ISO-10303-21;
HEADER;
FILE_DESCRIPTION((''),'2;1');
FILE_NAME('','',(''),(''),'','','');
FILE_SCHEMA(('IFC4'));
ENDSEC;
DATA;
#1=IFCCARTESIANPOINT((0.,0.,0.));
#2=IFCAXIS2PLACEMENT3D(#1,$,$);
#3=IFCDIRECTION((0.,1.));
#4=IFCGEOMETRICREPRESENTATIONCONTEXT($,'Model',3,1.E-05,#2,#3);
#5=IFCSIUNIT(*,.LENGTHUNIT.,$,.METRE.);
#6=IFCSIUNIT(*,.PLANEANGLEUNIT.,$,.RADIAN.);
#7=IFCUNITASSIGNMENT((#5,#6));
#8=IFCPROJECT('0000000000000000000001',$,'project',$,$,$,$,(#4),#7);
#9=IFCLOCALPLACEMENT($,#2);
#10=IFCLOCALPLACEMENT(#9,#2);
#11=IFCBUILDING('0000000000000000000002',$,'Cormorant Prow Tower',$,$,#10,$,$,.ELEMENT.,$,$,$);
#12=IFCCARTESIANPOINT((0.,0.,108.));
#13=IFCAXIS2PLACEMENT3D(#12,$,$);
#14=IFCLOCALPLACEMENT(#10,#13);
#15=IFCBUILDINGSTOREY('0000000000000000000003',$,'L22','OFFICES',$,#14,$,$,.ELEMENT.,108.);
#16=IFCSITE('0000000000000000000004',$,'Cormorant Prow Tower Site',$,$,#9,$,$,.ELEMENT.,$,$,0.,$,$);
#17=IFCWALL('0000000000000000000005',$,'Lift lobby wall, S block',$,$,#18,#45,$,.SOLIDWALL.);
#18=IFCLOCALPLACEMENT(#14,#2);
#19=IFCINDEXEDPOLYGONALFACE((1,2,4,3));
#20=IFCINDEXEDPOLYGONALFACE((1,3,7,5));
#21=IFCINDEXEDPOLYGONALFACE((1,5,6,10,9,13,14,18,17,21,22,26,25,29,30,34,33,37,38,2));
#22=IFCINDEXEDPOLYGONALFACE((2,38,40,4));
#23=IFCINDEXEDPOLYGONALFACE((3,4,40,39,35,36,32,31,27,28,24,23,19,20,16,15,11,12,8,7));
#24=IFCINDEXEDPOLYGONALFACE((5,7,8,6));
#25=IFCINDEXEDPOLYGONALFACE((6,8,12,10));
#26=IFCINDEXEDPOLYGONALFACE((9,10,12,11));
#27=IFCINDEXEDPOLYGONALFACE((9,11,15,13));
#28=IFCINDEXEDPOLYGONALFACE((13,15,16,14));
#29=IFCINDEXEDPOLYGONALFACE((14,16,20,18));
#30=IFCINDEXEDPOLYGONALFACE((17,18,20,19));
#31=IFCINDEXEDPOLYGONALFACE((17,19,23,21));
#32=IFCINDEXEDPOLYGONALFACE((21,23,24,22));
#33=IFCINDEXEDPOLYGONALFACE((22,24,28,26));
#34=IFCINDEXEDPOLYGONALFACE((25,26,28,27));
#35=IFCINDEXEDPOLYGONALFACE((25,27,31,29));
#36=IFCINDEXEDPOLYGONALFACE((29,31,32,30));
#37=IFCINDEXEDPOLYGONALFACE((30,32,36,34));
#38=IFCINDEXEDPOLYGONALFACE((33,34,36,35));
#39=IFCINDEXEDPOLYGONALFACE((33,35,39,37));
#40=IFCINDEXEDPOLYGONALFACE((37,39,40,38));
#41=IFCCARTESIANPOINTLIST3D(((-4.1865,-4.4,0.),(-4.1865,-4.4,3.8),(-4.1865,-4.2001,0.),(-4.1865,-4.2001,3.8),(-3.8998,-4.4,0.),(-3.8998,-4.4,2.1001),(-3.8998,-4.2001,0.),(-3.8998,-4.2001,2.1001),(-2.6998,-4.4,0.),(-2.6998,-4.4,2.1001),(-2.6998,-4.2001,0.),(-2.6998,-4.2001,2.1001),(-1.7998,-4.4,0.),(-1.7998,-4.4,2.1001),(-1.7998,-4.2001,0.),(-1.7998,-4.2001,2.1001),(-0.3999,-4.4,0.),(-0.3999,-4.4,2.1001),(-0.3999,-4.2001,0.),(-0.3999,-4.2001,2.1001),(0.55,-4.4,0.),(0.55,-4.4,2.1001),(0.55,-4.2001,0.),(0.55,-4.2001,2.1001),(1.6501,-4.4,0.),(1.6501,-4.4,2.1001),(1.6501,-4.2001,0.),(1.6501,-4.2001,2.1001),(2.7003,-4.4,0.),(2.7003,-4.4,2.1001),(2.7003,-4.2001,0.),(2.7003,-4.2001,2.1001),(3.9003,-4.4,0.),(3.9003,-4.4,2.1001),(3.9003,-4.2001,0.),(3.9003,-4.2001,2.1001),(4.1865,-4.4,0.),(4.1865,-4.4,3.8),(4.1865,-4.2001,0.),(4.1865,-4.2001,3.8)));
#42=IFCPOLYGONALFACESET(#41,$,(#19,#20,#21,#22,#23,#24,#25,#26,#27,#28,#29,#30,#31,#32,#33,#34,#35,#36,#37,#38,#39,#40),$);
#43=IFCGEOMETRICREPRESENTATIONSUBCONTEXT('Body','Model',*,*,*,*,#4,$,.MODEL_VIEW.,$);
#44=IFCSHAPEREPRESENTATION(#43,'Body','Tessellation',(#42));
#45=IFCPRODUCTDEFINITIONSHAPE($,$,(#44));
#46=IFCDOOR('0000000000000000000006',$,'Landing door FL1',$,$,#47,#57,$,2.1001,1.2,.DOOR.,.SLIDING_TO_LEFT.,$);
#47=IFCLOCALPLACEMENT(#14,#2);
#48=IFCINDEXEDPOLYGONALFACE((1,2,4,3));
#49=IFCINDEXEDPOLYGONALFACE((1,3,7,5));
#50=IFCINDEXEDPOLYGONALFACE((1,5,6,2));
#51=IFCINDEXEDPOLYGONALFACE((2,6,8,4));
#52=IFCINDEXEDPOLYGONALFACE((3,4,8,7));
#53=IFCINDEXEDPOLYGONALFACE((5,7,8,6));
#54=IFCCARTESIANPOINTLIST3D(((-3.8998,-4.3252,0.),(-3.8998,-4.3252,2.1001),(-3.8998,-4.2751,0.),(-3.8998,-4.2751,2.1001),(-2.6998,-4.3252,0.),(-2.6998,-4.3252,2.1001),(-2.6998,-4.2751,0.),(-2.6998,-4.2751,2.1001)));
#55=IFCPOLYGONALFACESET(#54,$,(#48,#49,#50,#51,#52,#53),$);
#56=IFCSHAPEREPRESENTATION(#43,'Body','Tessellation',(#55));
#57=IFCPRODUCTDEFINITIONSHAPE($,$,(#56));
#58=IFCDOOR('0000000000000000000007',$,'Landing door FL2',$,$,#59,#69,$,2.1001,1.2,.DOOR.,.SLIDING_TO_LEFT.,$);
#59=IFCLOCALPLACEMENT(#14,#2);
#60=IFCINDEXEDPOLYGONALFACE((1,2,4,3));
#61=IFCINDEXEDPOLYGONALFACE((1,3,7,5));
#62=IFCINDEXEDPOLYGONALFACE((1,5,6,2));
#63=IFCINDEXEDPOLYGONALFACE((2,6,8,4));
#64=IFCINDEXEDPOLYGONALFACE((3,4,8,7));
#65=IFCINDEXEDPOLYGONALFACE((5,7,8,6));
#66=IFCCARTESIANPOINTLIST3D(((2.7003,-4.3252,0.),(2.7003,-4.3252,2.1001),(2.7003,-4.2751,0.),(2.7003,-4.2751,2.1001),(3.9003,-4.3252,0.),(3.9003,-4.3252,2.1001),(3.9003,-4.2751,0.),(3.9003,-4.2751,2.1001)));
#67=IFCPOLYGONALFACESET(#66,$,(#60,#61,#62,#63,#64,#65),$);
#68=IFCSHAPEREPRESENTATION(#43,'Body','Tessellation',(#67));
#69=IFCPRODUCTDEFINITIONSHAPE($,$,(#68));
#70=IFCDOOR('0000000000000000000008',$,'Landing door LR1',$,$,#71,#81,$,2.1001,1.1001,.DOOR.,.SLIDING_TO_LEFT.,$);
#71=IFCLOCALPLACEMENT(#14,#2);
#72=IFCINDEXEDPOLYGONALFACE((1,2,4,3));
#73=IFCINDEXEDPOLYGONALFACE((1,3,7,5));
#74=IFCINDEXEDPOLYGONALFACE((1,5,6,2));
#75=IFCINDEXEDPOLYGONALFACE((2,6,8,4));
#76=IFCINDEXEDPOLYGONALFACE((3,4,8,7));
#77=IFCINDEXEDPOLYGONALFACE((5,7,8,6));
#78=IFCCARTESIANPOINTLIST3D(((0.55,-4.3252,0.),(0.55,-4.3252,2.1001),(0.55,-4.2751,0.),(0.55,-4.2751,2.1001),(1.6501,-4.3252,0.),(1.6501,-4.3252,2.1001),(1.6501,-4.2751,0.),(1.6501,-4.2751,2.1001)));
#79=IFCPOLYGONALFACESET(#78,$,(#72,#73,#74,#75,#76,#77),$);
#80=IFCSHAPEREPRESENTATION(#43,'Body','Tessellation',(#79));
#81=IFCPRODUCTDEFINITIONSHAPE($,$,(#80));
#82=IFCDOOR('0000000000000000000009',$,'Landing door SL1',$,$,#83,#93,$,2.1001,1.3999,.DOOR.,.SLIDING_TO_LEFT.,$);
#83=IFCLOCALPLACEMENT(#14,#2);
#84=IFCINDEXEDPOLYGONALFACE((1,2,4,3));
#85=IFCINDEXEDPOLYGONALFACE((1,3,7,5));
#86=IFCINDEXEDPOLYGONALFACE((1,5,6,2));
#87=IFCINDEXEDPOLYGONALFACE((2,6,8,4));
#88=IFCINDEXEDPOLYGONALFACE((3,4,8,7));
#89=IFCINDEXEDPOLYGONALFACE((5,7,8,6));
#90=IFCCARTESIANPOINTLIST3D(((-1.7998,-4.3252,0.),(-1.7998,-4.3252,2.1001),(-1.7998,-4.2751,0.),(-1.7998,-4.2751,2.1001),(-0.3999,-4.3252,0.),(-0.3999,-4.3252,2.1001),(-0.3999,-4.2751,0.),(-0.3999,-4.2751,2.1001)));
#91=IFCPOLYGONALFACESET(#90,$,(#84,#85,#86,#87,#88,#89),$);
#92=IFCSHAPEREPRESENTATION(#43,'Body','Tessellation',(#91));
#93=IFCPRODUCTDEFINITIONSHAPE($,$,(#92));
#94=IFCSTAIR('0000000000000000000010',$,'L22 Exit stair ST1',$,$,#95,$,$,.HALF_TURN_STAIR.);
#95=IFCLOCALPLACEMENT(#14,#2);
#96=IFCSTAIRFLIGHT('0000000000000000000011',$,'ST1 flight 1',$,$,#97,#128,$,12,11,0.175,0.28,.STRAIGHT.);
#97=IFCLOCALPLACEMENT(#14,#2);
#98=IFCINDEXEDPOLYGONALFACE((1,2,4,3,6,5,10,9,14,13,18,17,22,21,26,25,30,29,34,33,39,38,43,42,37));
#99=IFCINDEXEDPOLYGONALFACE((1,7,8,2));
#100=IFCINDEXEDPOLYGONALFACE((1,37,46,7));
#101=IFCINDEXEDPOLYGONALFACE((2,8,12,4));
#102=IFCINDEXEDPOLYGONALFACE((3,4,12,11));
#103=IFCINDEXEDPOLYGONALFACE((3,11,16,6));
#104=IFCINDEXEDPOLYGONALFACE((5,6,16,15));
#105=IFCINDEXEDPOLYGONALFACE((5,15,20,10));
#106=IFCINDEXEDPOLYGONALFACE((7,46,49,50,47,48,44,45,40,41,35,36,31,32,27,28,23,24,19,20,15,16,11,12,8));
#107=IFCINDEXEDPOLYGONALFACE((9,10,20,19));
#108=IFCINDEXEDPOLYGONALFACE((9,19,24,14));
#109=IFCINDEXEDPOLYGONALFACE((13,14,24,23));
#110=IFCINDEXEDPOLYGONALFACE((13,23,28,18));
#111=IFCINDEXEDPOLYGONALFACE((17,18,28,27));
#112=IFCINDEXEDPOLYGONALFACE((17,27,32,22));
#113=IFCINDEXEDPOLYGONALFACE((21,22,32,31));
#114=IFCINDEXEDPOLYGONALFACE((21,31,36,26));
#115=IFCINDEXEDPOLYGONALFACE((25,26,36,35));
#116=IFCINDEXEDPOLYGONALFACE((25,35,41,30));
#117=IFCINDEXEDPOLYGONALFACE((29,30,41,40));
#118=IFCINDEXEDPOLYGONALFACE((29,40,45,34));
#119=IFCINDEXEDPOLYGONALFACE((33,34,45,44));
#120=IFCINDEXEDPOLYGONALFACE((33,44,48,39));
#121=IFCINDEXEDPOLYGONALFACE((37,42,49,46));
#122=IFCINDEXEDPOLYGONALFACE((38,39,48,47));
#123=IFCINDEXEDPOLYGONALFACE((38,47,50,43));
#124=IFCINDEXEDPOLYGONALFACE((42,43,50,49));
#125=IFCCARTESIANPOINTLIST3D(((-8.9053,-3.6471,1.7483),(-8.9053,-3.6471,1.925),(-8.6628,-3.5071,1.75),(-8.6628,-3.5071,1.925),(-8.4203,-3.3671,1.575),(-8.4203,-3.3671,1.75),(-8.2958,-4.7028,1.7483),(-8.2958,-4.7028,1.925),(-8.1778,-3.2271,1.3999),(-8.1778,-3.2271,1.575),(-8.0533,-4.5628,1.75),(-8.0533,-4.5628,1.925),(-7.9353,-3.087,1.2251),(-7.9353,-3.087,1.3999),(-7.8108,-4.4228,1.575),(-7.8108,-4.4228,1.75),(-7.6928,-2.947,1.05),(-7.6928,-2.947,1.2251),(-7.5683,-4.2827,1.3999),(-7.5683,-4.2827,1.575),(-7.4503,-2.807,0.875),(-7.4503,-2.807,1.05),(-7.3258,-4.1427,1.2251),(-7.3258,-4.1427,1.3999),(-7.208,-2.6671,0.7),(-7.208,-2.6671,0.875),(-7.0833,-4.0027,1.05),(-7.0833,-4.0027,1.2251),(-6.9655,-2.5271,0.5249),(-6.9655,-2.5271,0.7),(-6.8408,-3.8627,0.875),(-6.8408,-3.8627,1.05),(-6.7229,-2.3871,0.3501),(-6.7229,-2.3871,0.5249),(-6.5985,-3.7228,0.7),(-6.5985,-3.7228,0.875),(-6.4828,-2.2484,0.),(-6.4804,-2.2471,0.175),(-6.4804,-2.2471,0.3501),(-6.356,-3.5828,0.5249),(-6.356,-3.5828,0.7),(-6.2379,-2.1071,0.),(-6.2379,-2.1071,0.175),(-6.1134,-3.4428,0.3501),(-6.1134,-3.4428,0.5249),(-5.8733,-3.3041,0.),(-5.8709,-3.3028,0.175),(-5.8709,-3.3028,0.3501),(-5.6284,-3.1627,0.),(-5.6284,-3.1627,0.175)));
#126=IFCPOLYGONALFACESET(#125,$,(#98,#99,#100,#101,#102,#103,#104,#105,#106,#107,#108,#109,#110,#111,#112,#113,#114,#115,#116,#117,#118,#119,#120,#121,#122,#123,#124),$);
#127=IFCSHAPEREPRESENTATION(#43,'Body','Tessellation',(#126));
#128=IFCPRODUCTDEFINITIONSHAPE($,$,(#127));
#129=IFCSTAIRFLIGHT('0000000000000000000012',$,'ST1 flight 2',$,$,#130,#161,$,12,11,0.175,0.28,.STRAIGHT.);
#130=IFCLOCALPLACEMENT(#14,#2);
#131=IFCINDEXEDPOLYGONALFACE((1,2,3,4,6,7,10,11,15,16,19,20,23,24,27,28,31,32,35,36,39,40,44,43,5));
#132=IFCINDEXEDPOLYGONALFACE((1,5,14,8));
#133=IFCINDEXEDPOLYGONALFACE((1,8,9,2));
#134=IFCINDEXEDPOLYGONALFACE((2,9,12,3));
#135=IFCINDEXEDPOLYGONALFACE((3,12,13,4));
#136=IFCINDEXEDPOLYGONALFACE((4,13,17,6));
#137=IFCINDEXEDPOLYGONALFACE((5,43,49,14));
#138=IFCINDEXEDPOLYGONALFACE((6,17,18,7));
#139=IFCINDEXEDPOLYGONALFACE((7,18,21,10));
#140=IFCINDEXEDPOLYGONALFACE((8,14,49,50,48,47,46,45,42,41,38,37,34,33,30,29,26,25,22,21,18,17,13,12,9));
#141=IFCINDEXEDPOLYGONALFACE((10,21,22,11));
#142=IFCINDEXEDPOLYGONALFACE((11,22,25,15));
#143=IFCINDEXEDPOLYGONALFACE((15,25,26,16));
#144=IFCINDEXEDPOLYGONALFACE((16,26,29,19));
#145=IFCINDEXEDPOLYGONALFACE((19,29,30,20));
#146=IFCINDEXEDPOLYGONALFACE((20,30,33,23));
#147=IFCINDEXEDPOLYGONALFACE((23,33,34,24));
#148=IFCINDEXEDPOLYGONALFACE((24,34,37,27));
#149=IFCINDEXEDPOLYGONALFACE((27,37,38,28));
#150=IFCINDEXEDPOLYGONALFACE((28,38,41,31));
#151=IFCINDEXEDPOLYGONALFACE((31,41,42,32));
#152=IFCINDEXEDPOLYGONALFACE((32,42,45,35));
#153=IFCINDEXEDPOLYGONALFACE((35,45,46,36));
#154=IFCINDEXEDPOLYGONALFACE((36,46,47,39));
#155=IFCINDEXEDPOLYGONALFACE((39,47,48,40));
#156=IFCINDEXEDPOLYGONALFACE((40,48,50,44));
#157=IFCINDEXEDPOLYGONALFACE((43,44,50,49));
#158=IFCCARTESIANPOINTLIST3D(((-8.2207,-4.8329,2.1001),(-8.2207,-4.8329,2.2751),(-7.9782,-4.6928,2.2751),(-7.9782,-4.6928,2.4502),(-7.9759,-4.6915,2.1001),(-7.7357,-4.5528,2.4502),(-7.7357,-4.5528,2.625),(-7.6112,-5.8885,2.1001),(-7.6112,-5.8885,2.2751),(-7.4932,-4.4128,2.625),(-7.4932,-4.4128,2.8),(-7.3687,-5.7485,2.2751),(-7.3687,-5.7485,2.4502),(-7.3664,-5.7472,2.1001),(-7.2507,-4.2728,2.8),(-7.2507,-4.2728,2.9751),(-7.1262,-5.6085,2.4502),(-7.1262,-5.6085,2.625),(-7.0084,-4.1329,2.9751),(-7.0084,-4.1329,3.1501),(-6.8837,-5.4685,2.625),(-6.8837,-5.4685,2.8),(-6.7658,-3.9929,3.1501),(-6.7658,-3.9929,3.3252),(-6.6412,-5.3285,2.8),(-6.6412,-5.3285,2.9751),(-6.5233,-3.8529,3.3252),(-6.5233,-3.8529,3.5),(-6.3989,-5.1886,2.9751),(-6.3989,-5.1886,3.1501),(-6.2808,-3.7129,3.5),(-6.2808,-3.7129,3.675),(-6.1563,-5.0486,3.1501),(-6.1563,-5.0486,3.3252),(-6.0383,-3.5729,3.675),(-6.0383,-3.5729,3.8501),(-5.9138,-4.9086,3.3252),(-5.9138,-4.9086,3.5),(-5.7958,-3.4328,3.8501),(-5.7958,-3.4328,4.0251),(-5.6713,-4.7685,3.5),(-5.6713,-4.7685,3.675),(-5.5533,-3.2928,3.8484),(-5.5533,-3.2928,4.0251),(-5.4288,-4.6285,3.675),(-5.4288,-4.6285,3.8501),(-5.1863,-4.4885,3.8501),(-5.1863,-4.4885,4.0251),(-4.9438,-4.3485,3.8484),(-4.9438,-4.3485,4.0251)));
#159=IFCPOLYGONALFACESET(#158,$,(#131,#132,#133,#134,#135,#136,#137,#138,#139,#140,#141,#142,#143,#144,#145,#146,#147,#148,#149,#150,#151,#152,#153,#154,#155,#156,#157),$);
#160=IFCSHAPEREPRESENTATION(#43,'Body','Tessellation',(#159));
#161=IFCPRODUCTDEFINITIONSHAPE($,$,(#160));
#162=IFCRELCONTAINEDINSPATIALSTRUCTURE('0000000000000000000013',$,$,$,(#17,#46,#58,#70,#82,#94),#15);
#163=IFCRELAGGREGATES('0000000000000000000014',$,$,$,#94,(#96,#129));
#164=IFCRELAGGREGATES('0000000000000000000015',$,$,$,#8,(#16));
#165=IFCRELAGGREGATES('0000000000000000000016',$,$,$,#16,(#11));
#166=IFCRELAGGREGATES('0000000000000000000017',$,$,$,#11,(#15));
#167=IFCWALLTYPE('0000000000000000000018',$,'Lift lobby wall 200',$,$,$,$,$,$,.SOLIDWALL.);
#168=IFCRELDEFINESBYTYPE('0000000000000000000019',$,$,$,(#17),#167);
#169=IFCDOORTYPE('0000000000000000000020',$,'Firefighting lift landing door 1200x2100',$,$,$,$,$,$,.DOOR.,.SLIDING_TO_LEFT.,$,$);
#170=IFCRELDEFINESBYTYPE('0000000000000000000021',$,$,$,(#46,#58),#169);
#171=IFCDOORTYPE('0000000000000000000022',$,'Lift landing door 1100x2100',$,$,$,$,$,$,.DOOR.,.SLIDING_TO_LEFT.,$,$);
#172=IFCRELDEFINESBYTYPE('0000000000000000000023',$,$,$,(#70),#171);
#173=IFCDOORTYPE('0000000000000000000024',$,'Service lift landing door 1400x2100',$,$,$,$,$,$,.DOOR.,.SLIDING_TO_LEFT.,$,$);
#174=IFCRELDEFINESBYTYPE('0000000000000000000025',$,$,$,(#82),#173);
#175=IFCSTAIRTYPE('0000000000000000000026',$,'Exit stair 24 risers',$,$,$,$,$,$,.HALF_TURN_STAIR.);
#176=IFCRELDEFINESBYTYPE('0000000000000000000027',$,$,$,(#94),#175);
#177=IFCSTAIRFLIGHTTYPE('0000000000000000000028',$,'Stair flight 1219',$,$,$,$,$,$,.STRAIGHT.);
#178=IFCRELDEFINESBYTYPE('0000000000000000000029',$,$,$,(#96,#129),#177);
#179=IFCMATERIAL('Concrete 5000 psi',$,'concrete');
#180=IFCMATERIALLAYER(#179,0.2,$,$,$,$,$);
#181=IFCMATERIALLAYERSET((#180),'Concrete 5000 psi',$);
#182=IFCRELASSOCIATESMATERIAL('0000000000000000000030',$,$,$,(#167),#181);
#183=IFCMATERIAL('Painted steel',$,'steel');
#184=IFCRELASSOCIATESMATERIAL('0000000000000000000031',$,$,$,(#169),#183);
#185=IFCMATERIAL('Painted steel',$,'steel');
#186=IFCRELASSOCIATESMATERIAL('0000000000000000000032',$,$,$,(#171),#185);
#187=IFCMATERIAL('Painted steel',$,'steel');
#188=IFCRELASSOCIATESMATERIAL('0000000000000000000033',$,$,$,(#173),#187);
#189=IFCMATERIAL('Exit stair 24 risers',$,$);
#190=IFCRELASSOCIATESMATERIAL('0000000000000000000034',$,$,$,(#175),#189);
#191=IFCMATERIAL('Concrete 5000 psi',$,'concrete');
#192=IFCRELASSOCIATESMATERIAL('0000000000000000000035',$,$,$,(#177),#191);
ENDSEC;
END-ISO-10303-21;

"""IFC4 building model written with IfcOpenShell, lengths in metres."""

from ifc_helpers import new_model, si_unit, direction, frame, frame_2d, origin, place, context, subcontext, project, spatial, polyline, rectangle, outline, extrude, material, layer, layer_set, type_object, element, fill, aggregate, save


model = new_model("IFC4")

# Units and contexts
model_context = context("Model", 3, precision=1e-05, world=origin(), true_north=direction((0.0, 1.0)))
body_context = subcontext(model_context, "Body", "Model", "MODEL_VIEW")
ifc_project = project(units=[si_unit("LENGTHUNIT", "METRE"), si_unit("PLANEANGLEUNIT", "RADIAN")], contexts=[model_context])

# Site, building, storey
site_placement = place(None, origin())
site = spatial("IfcSite", under=ifc_project, at=site_placement, Name="Cormorant Prow Tower Site", CompositionType="ELEMENT", RefElevation=0.0)
building_placement = place(site_placement, origin())
building = spatial("IfcBuilding", under=site, at=building_placement, Name="Cormorant Prow Tower", CompositionType="ELEMENT")
storey_placement = place(building_placement, frame((0.0, 0.0, 108.0)))
storey = spatial("IfcBuildingStorey", under=building, at=storey_placement, Name="L22", Description="OFFICES", CompositionType="ELEMENT", Elevation=108.0)

# Wall, openings, doors
ifc_material_1 = material(Name="Concrete 5000 psi", Category="concrete")
ifc_layer_1 = layer(ifc_material_1, 0.2)
ifc_layer_set_1 = layer_set([ifc_layer_1], Name="Concrete 5000 psi")
wall_type_1 = type_object("IfcWallType", Name="Lift lobby wall 200", PredefinedType="SOLIDWALL", material=ifc_layer_set_1)
wall_1_placement = place(storey_placement, frame((-4.1865, -4.3, 0.0), z_axis=(0.0, 0.0, 1.0), x_axis=(1.0, 0.0, 0.0)))
wall_1 = element("IfcWall", 1, at=wall_1_placement, inside=storey, type_object=wall_type_1, Name="Lift lobby wall, S block", PredefinedType="SOLIDWALL", context=body_context, shape_type="SweptSolid", body=[
    extrude(rectangle(XDim=8.373, YDim=0.2, at=frame_2d((4.1865, 0.0))), origin(), (0.0, 0.0, 1.0), 3.8),
])
opening_1_placement = place(wall_1_placement, frame((0.2866, 0.0, 0.0)))
opening_1 = element("IfcOpeningElement", 2, at=opening_1_placement, cuts=wall_1, PredefinedType="OPENING", context=body_context, shape_type="SweptSolid", body=[
    extrude(rectangle(XDim=1.2, YDim=2.1001, at=frame_2d((0.6001, 1.05))), frame((0.0, 0.1099, 0.0), z_axis=(0.0, -1.0, 0.0), x_axis=(1.0, 0.0, 0.0)), (0.0, 0.0, 1.0), 0.22),
])
opening_2_placement = place(wall_1_placement, frame((2.3867, 0.0, 0.0)))
opening_2 = element("IfcOpeningElement", 3, at=opening_2_placement, cuts=wall_1, PredefinedType="OPENING", context=body_context, shape_type="SweptSolid", body=[
    extrude(rectangle(XDim=1.3999, YDim=2.1001, at=frame_2d((0.7, 1.05))), frame((0.0, 0.1099, 0.0), z_axis=(0.0, -1.0, 0.0), x_axis=(1.0, 0.0, 0.0)), (0.0, 0.0, 1.0), 0.22),
])
opening_3_placement = place(wall_1_placement, frame((4.7366, 0.0, 0.0)))
opening_3 = element("IfcOpeningElement", 4, at=opening_3_placement, cuts=wall_1, PredefinedType="OPENING", context=body_context, shape_type="SweptSolid", body=[
    extrude(rectangle(XDim=1.1001, YDim=2.1001, at=frame_2d((0.55, 1.05))), frame((0.0, 0.1099, 0.0), z_axis=(0.0, -1.0, 0.0), x_axis=(1.0, 0.0, 0.0)), (0.0, 0.0, 1.0), 0.22),
])
opening_4_placement = place(wall_1_placement, frame((6.8867, 0.0, 0.0)))
opening_4 = element("IfcOpeningElement", 5, at=opening_4_placement, cuts=wall_1, PredefinedType="OPENING", context=body_context, shape_type="SweptSolid", body=[
    extrude(rectangle(XDim=1.2, YDim=2.1001, at=frame_2d((0.6001, 1.05))), frame((0.0, 0.1099, 0.0), z_axis=(0.0, -1.0, 0.0), x_axis=(1.0, 0.0, 0.0)), (0.0, 0.0, 1.0), 0.22),
])
ifc_material_2 = material(Name="Painted steel", Category="steel")
door_type_1 = type_object("IfcDoorType", Name="Firefighting lift landing door 1200x2100", OperationType="SLIDING_TO_LEFT", PredefinedType="DOOR", material=ifc_material_2)
door_1_placement = place(opening_1_placement, origin())
door_1 = element("IfcDoor", 6, at=door_1_placement, inside=storey, type_object=door_type_1, Name="Landing door FL1", OperationType="SLIDING_TO_LEFT", OverallHeight=2.1001, OverallWidth=1.2, PredefinedType="DOOR", context=body_context, shape_type="SweptSolid", body=[
    extrude(rectangle(XDim=1.2, YDim=2.1001, at=frame_2d((0.6001, 1.05))), frame((0.0, 0.0249, 0.0), z_axis=(0.0, -1.0, 0.0), x_axis=(1.0, 0.0, 0.0)), (0.0, 0.0, 1.0), 0.05),
])
fill(opening_1, door_1)
door_2_placement = place(opening_4_placement, origin())
door_2 = element("IfcDoor", 7, at=door_2_placement, inside=storey, type_object=door_type_1, Name="Landing door FL2", OperationType="SLIDING_TO_LEFT", OverallHeight=2.1001, OverallWidth=1.2, PredefinedType="DOOR", context=body_context, shape_type="SweptSolid", body=[
    extrude(rectangle(XDim=1.2, YDim=2.1001, at=frame_2d((0.6001, 1.05))), frame((0.0, 0.0249, 0.0), z_axis=(0.0, -1.0, 0.0), x_axis=(1.0, 0.0, 0.0)), (0.0, 0.0, 1.0), 0.05),
])
fill(opening_4, door_2)
ifc_material_3 = material(Name="Painted steel", Category="steel")
door_type_2 = type_object("IfcDoorType", Name="Lift landing door 1100x2100", OperationType="SLIDING_TO_LEFT", PredefinedType="DOOR", material=ifc_material_3)
door_3_placement = place(opening_3_placement, origin())
door_3 = element("IfcDoor", 8, at=door_3_placement, inside=storey, type_object=door_type_2, Name="Landing door LR1", OperationType="SLIDING_TO_LEFT", OverallHeight=2.1001, OverallWidth=1.1001, PredefinedType="DOOR", context=body_context, shape_type="SweptSolid", body=[
    extrude(rectangle(XDim=1.1001, YDim=2.1001, at=frame_2d((0.55, 1.05))), frame((0.0, 0.0249, 0.0), z_axis=(0.0, -1.0, 0.0), x_axis=(1.0, 0.0, 0.0)), (0.0, 0.0, 1.0), 0.05),
])
fill(opening_3, door_3)
ifc_material_4 = material(Name="Painted steel", Category="steel")
door_type_3 = type_object("IfcDoorType", Name="Service lift landing door 1400x2100", OperationType="SLIDING_TO_LEFT", PredefinedType="DOOR", material=ifc_material_4)
door_4_placement = place(opening_2_placement, origin())
door_4 = element("IfcDoor", 9, at=door_4_placement, inside=storey, type_object=door_type_3, Name="Landing door SL1", OperationType="SLIDING_TO_LEFT", OverallHeight=2.1001, OverallWidth=1.3999, PredefinedType="DOOR", context=body_context, shape_type="SweptSolid", body=[
    extrude(rectangle(XDim=1.3999, YDim=2.1001, at=frame_2d((0.7, 1.05))), frame((0.0, 0.0249, 0.0), z_axis=(0.0, -1.0, 0.0), x_axis=(1.0, 0.0, 0.0)), (0.0, 0.0, 1.0), 0.05),
])
fill(opening_2, door_4)

# Stair, stair flights
ifc_material_5 = material(Name="Exit stair 24 risers")
stair_type = type_object("IfcStairType", Name="Exit stair 24 risers", PredefinedType="HALF_TURN_STAIR", material=ifc_material_5)
stair_placement = place(storey_placement, origin())
stair = element("IfcStair", 10, at=stair_placement, inside=storey, type_object=stair_type, Name="L22 Exit stair ST1", PredefinedType="HALF_TURN_STAIR")
ifc_material_6 = material(Name="Concrete 5000 psi", Category="concrete")
stair_flight_type = type_object("IfcStairFlightType", Name="Stair flight 1219", PredefinedType="STRAIGHT", material=ifc_material_6)
stair_flight_1_placement = place(storey_placement, frame((-5.9331, -2.635, 0.0), z_axis=(0.0, 0.0, 1.0), x_axis=(-0.866025, -0.5, 0.0)))
stair_flight_1 = element("IfcStairFlight", 11, at=stair_flight_1_placement, type_object=stair_flight_type, Name="ST1 flight 1", NumberOfRisers=12, NumberOfTreads=11, PredefinedType="STRAIGHT", RiserHeight=0.175, TreadLength=0.28, context=body_context, shape_type="SweptSolid", body=[
    extrude(outline(polyline([(0.0, 0.0), (0.0, 0.175), (0.28, 0.175), (0.28, 0.3501), (0.5601, 0.3501), (0.5601, 0.5249), (0.8401, 0.5249), (0.8401, 0.7), (1.1201, 0.7), (1.1201, 0.875), (1.3999, 0.875), (1.3999, 1.05), (1.6799, 1.05), (1.6799, 1.2251), (1.96, 1.2251), (1.96, 1.3999), (2.24, 1.3999), (2.24, 1.575), (2.52, 1.575), (2.52, 1.75), (2.8, 1.75), (2.8, 1.925), (3.0801, 1.925), (3.0801, 2.1001), (3.0801, 1.7483), (0.2827, 0.0), (0.0, 0.0)])), frame((0.0, 0.6094, 0.0), z_axis=(0.0, -1.0, 0.0), x_axis=(1.0, 0.0, 0.0)), (0.0, 0.0, 1.0), 1.219),
])
stair_flight_2_placement = place(storey_placement, frame((-7.916, -5.3606, 2.1001), z_axis=(0.0, 0.0, 1.0), x_axis=(0.866025, 0.5, 0.0)))
stair_flight_2 = element("IfcStairFlight", 12, at=stair_flight_2_placement, type_object=stair_flight_type, Name="ST1 flight 2", NumberOfRisers=12, NumberOfTreads=11, PredefinedType="STRAIGHT", RiserHeight=0.175, TreadLength=0.28, context=body_context, shape_type="SweptSolid", body=[
    extrude(outline(polyline([(0.0, 0.0), (0.0, 0.175), (0.28, 0.175), (0.28, 0.3501), (0.5601, 0.3501), (0.5601, 0.5249), (0.8401, 0.5249), (0.8401, 0.7), (1.1201, 0.7), (1.1201, 0.875), (1.3999, 0.875), (1.3999, 1.05), (1.6799, 1.05), (1.6799, 1.2251), (1.96, 1.2251), (1.96, 1.3999), (2.24, 1.3999), (2.24, 1.575), (2.52, 1.575), (2.52, 1.75), (2.8, 1.75), (2.8, 1.925), (3.0801, 1.925), (3.0801, 2.1001), (3.0801, 1.7483), (0.2827, 0.0), (0.0, 0.0)])), frame((0.0, 0.6094, 0.0), z_axis=(0.0, -1.0, 0.0), x_axis=(1.0, 0.0, 0.0)), (0.0, 0.0, 1.0), 1.219),
])
aggregate(stair, [stair_flight_1, stair_flight_2])

save(model, "model.ifc")
